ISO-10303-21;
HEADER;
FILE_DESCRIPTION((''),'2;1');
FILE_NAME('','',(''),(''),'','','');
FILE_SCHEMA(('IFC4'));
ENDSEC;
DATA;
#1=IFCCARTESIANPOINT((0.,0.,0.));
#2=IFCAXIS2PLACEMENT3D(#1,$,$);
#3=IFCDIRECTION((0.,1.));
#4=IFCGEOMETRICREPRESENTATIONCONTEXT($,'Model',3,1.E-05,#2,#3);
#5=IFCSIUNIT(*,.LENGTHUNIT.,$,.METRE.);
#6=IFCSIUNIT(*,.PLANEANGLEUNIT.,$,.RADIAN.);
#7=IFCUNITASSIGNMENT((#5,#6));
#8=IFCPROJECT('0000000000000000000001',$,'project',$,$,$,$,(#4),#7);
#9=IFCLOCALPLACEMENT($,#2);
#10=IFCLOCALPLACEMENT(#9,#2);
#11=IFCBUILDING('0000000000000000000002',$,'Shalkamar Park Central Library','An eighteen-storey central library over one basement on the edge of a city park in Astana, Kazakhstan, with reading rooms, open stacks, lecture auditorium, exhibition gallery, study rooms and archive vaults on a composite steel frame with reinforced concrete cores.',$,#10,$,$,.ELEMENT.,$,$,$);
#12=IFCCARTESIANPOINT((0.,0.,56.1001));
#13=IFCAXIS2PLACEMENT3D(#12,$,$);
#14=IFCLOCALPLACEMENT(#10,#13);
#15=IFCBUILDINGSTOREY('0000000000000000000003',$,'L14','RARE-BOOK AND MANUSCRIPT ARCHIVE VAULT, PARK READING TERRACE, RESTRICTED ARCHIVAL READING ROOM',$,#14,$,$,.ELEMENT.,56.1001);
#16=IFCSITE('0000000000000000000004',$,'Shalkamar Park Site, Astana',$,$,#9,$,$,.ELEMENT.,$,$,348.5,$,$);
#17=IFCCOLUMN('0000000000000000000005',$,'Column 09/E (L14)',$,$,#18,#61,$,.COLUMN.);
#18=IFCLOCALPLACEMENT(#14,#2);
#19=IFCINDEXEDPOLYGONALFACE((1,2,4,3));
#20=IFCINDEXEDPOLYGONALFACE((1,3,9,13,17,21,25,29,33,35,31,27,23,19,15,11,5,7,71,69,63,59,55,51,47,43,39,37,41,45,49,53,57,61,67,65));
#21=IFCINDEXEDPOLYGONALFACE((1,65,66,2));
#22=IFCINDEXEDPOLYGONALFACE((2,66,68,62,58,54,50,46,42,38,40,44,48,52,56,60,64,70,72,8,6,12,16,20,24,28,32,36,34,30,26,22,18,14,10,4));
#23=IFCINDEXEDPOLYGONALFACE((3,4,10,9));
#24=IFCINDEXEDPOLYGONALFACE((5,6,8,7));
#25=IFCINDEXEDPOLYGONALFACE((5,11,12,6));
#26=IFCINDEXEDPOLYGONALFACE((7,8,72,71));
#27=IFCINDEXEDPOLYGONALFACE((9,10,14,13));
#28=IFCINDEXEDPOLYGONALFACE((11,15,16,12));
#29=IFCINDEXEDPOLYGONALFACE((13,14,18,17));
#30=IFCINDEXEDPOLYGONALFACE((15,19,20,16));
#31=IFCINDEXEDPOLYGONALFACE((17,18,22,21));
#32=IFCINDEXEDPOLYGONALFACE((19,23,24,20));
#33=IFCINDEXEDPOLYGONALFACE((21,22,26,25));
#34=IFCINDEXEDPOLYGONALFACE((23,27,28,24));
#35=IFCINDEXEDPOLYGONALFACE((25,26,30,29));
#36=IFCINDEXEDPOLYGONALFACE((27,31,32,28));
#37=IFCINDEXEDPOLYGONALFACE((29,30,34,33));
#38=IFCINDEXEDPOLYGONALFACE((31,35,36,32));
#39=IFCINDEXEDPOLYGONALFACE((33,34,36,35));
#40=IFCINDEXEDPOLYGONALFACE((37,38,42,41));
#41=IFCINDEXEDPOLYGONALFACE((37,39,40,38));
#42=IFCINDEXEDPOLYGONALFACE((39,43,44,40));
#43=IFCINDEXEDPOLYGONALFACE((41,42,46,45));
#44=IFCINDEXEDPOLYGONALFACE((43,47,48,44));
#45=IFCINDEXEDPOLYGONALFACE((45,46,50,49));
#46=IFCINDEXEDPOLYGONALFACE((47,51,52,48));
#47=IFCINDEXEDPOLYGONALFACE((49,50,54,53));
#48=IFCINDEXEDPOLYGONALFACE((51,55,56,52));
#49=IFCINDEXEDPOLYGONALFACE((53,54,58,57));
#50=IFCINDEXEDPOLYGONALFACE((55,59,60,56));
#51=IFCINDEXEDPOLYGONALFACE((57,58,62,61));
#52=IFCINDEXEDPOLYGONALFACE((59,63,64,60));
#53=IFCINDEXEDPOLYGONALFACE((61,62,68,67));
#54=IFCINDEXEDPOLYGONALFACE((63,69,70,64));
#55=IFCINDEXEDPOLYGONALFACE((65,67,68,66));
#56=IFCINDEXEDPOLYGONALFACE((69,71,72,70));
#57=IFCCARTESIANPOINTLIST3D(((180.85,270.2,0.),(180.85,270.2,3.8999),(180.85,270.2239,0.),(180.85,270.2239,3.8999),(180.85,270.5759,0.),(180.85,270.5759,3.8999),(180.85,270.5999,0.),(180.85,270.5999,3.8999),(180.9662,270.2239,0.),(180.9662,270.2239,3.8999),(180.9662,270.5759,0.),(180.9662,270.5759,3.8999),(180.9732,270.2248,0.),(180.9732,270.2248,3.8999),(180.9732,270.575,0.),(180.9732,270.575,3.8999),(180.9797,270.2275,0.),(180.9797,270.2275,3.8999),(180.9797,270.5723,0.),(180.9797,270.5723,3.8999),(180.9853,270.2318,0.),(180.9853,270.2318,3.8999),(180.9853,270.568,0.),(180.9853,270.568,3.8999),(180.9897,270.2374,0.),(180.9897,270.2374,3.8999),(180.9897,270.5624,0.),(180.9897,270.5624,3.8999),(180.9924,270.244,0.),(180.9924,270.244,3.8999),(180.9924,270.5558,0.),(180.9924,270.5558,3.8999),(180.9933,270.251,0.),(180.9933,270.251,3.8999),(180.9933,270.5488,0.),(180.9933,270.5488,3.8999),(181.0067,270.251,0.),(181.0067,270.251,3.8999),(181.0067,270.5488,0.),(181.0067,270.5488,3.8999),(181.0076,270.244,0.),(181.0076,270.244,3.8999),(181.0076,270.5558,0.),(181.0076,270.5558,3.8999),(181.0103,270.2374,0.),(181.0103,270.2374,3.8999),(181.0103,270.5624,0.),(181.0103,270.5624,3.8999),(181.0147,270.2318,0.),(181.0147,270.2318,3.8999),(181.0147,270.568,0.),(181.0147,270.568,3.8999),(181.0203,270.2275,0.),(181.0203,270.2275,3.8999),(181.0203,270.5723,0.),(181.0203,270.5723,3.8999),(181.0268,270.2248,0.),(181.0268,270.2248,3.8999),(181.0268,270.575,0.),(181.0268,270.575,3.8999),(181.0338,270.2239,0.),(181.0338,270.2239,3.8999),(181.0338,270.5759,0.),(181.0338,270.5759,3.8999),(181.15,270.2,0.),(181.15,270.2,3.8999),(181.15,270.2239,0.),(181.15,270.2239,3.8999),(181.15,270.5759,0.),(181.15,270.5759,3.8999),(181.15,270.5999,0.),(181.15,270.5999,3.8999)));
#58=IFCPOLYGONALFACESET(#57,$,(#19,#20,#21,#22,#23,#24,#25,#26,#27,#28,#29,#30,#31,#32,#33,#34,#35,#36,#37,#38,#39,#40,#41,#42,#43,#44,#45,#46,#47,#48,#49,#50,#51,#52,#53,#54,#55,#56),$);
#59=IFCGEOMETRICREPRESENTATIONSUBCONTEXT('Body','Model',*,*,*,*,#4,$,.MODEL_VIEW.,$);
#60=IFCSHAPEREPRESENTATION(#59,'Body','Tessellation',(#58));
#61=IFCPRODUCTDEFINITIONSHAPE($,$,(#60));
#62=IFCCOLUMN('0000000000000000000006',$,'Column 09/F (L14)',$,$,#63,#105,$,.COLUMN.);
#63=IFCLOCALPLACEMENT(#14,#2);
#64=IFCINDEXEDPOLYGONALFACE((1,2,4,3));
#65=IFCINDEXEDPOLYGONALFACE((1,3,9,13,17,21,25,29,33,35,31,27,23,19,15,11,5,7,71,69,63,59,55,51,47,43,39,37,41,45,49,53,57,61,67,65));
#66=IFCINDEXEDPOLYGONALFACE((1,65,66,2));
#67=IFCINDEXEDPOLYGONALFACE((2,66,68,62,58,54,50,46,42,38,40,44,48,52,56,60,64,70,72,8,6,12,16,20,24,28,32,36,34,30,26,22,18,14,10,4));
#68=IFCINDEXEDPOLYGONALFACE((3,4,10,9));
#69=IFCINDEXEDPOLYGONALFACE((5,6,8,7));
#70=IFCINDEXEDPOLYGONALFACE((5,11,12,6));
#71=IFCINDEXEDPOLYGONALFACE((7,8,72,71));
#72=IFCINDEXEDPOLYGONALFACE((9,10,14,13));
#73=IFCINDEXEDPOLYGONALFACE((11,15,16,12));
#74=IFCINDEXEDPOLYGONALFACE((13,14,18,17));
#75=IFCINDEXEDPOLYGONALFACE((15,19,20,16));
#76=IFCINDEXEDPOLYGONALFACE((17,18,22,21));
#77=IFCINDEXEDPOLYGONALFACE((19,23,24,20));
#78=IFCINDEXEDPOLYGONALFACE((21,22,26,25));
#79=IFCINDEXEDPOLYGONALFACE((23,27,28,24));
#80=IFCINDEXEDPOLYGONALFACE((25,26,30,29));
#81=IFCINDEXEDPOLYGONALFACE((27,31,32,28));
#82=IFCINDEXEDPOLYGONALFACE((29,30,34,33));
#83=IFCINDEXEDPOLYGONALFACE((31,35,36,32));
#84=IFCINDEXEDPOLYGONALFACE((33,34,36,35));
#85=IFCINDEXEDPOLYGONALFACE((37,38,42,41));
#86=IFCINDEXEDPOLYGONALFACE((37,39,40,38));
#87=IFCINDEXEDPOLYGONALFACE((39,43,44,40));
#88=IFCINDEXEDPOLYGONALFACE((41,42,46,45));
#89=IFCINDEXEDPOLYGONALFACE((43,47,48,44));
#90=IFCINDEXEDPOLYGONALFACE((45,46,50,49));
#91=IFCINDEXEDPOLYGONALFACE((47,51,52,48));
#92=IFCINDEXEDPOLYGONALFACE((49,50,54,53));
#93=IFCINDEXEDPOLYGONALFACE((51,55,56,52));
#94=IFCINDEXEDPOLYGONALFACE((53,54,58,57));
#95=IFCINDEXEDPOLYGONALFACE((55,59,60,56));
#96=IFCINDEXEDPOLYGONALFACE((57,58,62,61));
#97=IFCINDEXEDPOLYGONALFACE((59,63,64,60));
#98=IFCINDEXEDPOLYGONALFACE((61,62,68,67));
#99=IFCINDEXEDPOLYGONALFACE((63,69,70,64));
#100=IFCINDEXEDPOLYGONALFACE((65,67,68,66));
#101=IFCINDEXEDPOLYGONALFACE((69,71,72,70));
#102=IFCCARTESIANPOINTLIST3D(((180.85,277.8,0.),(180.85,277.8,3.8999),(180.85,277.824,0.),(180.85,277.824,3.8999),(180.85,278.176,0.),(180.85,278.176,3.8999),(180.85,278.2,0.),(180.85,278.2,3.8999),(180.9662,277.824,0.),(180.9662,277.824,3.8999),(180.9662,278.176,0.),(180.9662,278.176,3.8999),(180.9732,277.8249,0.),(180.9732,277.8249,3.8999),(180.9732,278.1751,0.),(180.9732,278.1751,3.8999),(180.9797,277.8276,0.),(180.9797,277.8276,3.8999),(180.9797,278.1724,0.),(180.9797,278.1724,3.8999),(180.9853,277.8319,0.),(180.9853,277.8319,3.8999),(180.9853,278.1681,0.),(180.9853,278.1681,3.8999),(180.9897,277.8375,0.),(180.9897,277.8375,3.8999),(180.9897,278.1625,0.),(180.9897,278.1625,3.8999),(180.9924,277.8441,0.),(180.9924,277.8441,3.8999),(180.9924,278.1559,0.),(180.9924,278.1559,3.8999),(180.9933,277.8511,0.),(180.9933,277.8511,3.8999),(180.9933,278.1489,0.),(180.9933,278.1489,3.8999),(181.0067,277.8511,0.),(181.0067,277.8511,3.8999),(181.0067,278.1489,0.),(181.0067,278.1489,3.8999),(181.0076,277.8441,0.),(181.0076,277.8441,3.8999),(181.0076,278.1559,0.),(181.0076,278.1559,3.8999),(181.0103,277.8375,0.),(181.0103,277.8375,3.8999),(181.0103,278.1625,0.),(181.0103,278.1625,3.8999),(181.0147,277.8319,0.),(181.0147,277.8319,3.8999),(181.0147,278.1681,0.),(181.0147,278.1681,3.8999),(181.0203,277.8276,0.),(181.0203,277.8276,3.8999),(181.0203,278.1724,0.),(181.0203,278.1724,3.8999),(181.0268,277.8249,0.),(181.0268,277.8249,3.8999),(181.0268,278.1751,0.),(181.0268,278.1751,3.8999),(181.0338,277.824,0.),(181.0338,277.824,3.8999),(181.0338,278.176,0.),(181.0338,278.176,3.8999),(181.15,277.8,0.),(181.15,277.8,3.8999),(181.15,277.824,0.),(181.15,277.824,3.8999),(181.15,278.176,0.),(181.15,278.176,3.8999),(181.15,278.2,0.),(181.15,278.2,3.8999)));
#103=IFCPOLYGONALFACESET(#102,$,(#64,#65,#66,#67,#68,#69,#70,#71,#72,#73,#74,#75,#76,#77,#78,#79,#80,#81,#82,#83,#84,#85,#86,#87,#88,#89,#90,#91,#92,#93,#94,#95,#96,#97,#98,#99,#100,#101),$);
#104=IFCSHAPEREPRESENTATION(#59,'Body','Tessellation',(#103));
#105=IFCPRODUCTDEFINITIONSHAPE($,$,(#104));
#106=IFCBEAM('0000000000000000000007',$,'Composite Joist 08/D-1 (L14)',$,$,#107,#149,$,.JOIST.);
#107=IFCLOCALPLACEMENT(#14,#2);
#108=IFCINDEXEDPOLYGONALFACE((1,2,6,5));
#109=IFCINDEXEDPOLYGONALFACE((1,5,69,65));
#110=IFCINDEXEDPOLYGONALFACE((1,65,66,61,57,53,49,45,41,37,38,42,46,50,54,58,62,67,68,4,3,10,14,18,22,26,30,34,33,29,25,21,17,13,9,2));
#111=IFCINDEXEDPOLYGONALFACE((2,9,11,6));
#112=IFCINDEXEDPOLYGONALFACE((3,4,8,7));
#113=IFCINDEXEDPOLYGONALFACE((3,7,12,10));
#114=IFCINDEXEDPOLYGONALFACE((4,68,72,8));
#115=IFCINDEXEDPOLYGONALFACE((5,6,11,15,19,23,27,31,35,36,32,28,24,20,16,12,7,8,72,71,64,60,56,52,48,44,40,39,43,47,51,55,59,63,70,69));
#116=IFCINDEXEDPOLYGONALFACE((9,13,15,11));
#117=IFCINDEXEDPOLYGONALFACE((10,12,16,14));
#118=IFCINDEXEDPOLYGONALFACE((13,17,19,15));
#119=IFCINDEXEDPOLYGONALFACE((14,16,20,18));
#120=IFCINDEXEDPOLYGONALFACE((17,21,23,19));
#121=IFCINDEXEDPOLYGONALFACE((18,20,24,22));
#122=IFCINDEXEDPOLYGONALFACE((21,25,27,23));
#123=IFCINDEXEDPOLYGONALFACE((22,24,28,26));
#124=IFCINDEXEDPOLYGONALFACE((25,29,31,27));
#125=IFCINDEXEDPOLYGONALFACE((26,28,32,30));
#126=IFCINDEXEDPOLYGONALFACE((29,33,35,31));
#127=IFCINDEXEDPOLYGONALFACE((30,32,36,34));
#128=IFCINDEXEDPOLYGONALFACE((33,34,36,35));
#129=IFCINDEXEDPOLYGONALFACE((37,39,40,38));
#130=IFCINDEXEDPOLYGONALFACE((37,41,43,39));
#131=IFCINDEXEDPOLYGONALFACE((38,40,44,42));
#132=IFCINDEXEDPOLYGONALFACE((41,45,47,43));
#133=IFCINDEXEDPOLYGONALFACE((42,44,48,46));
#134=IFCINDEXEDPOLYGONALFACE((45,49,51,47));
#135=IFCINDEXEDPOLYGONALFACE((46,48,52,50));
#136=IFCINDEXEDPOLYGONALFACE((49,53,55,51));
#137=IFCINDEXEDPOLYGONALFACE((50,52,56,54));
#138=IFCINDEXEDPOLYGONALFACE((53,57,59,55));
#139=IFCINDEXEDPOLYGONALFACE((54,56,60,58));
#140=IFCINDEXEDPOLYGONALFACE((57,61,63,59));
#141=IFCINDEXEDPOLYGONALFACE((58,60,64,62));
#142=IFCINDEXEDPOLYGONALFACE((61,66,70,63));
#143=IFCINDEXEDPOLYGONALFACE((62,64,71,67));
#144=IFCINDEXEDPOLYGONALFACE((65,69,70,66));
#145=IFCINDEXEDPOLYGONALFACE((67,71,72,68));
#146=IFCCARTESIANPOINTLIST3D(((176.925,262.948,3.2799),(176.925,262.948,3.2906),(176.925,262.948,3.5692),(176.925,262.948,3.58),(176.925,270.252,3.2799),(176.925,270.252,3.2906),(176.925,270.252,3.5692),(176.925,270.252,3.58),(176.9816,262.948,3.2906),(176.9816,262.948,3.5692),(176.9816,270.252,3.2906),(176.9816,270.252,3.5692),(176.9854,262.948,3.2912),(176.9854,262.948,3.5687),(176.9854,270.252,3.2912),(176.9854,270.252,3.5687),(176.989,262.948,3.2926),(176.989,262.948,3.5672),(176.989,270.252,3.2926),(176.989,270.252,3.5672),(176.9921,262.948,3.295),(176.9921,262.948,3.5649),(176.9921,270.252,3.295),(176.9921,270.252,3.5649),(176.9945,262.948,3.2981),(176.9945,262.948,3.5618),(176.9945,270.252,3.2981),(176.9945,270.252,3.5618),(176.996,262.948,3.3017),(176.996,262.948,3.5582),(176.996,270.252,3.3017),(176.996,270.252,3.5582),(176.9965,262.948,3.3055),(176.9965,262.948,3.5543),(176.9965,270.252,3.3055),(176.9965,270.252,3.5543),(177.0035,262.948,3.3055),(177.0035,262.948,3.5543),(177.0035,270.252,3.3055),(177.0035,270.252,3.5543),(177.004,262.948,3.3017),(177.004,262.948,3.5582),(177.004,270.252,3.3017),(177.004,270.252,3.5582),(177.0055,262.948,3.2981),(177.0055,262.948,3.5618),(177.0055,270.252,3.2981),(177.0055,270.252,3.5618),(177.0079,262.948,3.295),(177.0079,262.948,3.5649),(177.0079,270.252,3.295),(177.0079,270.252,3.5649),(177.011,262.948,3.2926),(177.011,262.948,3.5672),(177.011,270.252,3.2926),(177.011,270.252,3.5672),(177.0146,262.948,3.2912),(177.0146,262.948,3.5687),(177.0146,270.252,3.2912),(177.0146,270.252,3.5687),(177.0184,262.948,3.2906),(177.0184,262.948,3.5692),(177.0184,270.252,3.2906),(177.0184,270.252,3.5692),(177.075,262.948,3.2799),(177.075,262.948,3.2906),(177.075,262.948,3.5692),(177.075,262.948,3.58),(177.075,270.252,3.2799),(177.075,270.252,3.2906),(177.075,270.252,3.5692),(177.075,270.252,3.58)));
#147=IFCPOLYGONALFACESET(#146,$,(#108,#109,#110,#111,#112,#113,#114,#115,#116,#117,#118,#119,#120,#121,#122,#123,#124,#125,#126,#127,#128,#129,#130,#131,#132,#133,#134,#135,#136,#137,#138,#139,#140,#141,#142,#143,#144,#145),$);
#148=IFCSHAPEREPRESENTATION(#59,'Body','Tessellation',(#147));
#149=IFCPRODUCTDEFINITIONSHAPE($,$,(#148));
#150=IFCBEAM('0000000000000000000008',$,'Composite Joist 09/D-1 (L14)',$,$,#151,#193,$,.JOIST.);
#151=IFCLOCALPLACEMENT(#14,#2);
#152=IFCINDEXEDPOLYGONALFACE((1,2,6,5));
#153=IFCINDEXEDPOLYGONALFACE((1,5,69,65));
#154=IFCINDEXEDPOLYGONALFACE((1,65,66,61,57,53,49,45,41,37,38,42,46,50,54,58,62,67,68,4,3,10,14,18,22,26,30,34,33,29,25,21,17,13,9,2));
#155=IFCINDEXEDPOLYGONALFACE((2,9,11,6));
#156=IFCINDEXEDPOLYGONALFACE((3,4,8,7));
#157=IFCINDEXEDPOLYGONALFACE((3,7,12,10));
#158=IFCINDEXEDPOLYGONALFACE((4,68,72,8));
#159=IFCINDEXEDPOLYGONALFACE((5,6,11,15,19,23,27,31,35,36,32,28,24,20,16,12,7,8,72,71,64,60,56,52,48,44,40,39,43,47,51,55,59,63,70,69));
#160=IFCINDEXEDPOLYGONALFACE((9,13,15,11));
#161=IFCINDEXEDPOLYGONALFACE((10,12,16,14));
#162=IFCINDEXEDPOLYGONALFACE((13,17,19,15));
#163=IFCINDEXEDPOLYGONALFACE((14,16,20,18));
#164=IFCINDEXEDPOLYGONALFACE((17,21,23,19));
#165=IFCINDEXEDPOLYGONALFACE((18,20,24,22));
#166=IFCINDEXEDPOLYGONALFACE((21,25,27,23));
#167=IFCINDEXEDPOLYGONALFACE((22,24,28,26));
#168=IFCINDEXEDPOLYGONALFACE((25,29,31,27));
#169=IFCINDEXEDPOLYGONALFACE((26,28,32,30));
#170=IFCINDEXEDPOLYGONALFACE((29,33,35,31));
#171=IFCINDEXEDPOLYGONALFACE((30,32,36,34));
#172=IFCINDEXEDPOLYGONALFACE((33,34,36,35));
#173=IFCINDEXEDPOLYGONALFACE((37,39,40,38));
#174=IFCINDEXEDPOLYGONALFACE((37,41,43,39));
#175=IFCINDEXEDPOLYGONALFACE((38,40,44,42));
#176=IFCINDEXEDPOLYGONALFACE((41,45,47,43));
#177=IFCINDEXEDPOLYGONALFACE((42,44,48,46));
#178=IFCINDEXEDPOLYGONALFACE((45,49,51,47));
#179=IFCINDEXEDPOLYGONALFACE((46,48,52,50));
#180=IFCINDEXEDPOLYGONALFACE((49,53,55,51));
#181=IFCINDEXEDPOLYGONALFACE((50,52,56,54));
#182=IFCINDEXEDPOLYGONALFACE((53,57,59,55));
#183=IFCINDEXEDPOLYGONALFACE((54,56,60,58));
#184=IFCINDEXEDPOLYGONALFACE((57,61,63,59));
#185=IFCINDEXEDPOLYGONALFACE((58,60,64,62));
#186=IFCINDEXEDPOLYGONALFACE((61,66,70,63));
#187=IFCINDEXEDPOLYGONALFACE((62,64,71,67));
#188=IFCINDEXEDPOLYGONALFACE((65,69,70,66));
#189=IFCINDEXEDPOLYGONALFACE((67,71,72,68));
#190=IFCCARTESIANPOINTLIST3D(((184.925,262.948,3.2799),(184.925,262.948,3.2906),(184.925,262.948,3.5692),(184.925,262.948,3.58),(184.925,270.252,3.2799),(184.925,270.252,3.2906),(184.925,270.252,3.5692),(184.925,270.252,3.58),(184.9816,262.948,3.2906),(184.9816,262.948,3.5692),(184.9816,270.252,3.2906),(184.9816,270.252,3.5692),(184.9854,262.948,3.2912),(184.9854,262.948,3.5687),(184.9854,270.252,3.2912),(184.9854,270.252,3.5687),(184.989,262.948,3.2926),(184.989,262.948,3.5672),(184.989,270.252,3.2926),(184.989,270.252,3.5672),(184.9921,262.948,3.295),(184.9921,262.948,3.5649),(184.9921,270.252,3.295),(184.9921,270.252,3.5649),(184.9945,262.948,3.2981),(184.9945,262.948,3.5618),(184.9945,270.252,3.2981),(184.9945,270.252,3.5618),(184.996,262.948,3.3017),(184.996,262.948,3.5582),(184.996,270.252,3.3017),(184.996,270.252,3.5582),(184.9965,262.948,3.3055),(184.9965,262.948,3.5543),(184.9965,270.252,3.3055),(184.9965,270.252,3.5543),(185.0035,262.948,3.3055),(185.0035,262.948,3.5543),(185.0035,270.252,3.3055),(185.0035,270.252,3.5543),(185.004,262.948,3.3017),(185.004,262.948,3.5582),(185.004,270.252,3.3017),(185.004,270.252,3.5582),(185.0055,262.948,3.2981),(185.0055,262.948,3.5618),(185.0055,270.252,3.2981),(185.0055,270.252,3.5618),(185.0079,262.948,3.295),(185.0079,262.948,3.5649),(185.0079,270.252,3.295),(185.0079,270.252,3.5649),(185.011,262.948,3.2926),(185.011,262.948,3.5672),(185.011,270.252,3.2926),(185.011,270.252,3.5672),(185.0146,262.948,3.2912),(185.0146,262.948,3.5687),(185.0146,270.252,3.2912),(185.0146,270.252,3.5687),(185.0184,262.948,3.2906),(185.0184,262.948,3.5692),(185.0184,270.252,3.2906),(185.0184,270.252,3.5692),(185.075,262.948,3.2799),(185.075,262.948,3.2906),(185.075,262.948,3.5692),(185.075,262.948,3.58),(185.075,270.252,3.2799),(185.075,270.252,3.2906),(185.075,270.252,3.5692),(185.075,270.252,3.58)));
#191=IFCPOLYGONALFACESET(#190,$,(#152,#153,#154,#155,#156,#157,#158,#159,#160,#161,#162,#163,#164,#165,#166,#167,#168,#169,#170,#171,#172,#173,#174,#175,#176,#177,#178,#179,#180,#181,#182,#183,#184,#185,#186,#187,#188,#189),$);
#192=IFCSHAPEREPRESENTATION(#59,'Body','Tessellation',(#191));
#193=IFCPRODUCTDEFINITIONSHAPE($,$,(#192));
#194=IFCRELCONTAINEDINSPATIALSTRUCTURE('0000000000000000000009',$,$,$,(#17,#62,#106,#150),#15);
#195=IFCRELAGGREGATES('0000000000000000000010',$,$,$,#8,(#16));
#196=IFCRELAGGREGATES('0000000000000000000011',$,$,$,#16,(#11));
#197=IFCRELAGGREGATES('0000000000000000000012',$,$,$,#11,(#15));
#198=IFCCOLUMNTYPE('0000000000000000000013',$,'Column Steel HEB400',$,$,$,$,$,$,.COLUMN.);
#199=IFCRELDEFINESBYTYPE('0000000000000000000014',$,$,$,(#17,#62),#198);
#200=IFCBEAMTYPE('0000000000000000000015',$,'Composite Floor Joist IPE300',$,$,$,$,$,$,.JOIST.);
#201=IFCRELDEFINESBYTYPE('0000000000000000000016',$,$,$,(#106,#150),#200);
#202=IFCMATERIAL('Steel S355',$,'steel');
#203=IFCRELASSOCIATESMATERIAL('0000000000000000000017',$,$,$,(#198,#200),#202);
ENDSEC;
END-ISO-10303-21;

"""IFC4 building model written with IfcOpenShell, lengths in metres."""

from ifc_helpers import new_model, si_unit, direction, frame, origin, origin_2d, place, context, subcontext, project, spatial, i_section, extrude, material, material_profile, profile_set, type_object, element, save


model = new_model("IFC4")

# Units and contexts
model_context = context("Model", 3, precision=1e-05, world=origin(), true_north=direction((0.0, 1.0)))
body_context = subcontext(model_context, "Body", "Model", "MODEL_VIEW")
ifc_project = project(units=[si_unit("LENGTHUNIT", "METRE"), si_unit("PLANEANGLEUNIT", "RADIAN")], contexts=[model_context])

# Site, building, storey
site_placement = place(None, origin())
site = spatial("IfcSite", under=ifc_project, at=site_placement, Name="Shalkamar Park Site, Astana", CompositionType="ELEMENT", RefElevation=348.5)
building_placement = place(site_placement, origin())
building = spatial("IfcBuilding", under=site, at=building_placement, Name="Shalkamar Park Central Library", Description="An eighteen-storey central library over one basement on the edge of a city park in Astana, Kazakhstan, with reading rooms, open stacks, lecture auditorium, exhibition gallery, study rooms and archive vaults on a composite steel frame with reinforced concrete cores.", CompositionType="ELEMENT")
storey_placement = place(building_placement, frame((0.0, 0.0, 56.1001)))
storey = spatial("IfcBuildingStorey", under=building, at=storey_placement, Name="L14", Description="RARE-BOOK AND MANUSCRIPT ARCHIVE VAULT, PARK READING TERRACE, RESTRICTED ARCHIVAL READING ROOM", CompositionType="ELEMENT", Elevation=56.1001)

# Columns
ifc_material_1 = material(Name="Steel S355", Category="steel")
ifc_material_profile_1 = material_profile(ifc_material_1, i_section(OverallWidth=0.3, OverallDepth=0.3999, WebThickness=0.0134, FlangeThickness=0.0239, FilletRadius=0.0271, at=origin_2d()), Name="HEB 400")
ifc_profile_set_1 = profile_set([ifc_material_profile_1], Name="Steel S355")
column_type = type_object("IfcColumnType", Name="Column Steel HEB400", PredefinedType="COLUMN", material=ifc_profile_set_1)
for number, where, z_axis, x_axis, name in (
    (1, (181.0, 270.3999, 0.0), (0.0, 0.0, 1.0), (1.0, 0.0, 0.0), "Column 09/E (L14)"),
    (2, (181.0, 278.0, 0.0), (0.0, 0.0, 1.0), (1.0, 0.0, 0.0), "Column 09/F (L14)"),
):
    element("IfcColumn", number, at=place(storey_placement, frame(where, z_axis=z_axis, x_axis=x_axis)), inside=storey, type_object=column_type, Name=name, PredefinedType="COLUMN", context=body_context, shape_type="SweptSolid", body=[
        extrude(i_section(OverallWidth=0.3, OverallDepth=0.3999, WebThickness=0.0134, FlangeThickness=0.0239, FilletRadius=0.0271, at=origin_2d()), origin(), (0.0, 0.0, 1.0), 3.8999),
    ])

# Beams
ifc_material_profile_2 = material_profile(ifc_material_1, i_section(OverallWidth=0.1499, OverallDepth=0.3, WebThickness=0.0071, FlangeThickness=0.0107, FilletRadius=0.0149, at=origin_2d()), Name="IPE 300")
ifc_profile_set_2 = profile_set([ifc_material_profile_2], Name="Steel S355")
beam_type_1 = type_object("IfcBeamType", Name="Composite Floor Joist IPE300", PredefinedType="JOIST", material=ifc_profile_set_2)
for number, where, z_axis, x_axis, name in (
    (3, (177.0, 262.948, 3.4299), (0.0, 1.0, 0.0), (-1.0, 0.0, 0.0), "Composite Joist 08/D-1 (L14)"),
    (4, (185.0, 262.948, 3.4299), (0.0, 1.0, 0.0), (-1.0, 0.0, 0.0), "Composite Joist 09/D-1 (L14)"),
):
    element("IfcBeam", number, at=place(storey_placement, frame(where, z_axis=z_axis, x_axis=x_axis)), inside=storey, type_object=beam_type_1, Name=name, PredefinedType="JOIST", context=body_context, shape_type="SweptSolid", body=[
        extrude(i_section(OverallWidth=0.1499, OverallDepth=0.3, WebThickness=0.0071, FlangeThickness=0.0107, FilletRadius=0.0149, at=origin_2d()), origin(), (0.0, 0.0, 1.0), 7.304),
    ])

save(model, "model.ifc")
